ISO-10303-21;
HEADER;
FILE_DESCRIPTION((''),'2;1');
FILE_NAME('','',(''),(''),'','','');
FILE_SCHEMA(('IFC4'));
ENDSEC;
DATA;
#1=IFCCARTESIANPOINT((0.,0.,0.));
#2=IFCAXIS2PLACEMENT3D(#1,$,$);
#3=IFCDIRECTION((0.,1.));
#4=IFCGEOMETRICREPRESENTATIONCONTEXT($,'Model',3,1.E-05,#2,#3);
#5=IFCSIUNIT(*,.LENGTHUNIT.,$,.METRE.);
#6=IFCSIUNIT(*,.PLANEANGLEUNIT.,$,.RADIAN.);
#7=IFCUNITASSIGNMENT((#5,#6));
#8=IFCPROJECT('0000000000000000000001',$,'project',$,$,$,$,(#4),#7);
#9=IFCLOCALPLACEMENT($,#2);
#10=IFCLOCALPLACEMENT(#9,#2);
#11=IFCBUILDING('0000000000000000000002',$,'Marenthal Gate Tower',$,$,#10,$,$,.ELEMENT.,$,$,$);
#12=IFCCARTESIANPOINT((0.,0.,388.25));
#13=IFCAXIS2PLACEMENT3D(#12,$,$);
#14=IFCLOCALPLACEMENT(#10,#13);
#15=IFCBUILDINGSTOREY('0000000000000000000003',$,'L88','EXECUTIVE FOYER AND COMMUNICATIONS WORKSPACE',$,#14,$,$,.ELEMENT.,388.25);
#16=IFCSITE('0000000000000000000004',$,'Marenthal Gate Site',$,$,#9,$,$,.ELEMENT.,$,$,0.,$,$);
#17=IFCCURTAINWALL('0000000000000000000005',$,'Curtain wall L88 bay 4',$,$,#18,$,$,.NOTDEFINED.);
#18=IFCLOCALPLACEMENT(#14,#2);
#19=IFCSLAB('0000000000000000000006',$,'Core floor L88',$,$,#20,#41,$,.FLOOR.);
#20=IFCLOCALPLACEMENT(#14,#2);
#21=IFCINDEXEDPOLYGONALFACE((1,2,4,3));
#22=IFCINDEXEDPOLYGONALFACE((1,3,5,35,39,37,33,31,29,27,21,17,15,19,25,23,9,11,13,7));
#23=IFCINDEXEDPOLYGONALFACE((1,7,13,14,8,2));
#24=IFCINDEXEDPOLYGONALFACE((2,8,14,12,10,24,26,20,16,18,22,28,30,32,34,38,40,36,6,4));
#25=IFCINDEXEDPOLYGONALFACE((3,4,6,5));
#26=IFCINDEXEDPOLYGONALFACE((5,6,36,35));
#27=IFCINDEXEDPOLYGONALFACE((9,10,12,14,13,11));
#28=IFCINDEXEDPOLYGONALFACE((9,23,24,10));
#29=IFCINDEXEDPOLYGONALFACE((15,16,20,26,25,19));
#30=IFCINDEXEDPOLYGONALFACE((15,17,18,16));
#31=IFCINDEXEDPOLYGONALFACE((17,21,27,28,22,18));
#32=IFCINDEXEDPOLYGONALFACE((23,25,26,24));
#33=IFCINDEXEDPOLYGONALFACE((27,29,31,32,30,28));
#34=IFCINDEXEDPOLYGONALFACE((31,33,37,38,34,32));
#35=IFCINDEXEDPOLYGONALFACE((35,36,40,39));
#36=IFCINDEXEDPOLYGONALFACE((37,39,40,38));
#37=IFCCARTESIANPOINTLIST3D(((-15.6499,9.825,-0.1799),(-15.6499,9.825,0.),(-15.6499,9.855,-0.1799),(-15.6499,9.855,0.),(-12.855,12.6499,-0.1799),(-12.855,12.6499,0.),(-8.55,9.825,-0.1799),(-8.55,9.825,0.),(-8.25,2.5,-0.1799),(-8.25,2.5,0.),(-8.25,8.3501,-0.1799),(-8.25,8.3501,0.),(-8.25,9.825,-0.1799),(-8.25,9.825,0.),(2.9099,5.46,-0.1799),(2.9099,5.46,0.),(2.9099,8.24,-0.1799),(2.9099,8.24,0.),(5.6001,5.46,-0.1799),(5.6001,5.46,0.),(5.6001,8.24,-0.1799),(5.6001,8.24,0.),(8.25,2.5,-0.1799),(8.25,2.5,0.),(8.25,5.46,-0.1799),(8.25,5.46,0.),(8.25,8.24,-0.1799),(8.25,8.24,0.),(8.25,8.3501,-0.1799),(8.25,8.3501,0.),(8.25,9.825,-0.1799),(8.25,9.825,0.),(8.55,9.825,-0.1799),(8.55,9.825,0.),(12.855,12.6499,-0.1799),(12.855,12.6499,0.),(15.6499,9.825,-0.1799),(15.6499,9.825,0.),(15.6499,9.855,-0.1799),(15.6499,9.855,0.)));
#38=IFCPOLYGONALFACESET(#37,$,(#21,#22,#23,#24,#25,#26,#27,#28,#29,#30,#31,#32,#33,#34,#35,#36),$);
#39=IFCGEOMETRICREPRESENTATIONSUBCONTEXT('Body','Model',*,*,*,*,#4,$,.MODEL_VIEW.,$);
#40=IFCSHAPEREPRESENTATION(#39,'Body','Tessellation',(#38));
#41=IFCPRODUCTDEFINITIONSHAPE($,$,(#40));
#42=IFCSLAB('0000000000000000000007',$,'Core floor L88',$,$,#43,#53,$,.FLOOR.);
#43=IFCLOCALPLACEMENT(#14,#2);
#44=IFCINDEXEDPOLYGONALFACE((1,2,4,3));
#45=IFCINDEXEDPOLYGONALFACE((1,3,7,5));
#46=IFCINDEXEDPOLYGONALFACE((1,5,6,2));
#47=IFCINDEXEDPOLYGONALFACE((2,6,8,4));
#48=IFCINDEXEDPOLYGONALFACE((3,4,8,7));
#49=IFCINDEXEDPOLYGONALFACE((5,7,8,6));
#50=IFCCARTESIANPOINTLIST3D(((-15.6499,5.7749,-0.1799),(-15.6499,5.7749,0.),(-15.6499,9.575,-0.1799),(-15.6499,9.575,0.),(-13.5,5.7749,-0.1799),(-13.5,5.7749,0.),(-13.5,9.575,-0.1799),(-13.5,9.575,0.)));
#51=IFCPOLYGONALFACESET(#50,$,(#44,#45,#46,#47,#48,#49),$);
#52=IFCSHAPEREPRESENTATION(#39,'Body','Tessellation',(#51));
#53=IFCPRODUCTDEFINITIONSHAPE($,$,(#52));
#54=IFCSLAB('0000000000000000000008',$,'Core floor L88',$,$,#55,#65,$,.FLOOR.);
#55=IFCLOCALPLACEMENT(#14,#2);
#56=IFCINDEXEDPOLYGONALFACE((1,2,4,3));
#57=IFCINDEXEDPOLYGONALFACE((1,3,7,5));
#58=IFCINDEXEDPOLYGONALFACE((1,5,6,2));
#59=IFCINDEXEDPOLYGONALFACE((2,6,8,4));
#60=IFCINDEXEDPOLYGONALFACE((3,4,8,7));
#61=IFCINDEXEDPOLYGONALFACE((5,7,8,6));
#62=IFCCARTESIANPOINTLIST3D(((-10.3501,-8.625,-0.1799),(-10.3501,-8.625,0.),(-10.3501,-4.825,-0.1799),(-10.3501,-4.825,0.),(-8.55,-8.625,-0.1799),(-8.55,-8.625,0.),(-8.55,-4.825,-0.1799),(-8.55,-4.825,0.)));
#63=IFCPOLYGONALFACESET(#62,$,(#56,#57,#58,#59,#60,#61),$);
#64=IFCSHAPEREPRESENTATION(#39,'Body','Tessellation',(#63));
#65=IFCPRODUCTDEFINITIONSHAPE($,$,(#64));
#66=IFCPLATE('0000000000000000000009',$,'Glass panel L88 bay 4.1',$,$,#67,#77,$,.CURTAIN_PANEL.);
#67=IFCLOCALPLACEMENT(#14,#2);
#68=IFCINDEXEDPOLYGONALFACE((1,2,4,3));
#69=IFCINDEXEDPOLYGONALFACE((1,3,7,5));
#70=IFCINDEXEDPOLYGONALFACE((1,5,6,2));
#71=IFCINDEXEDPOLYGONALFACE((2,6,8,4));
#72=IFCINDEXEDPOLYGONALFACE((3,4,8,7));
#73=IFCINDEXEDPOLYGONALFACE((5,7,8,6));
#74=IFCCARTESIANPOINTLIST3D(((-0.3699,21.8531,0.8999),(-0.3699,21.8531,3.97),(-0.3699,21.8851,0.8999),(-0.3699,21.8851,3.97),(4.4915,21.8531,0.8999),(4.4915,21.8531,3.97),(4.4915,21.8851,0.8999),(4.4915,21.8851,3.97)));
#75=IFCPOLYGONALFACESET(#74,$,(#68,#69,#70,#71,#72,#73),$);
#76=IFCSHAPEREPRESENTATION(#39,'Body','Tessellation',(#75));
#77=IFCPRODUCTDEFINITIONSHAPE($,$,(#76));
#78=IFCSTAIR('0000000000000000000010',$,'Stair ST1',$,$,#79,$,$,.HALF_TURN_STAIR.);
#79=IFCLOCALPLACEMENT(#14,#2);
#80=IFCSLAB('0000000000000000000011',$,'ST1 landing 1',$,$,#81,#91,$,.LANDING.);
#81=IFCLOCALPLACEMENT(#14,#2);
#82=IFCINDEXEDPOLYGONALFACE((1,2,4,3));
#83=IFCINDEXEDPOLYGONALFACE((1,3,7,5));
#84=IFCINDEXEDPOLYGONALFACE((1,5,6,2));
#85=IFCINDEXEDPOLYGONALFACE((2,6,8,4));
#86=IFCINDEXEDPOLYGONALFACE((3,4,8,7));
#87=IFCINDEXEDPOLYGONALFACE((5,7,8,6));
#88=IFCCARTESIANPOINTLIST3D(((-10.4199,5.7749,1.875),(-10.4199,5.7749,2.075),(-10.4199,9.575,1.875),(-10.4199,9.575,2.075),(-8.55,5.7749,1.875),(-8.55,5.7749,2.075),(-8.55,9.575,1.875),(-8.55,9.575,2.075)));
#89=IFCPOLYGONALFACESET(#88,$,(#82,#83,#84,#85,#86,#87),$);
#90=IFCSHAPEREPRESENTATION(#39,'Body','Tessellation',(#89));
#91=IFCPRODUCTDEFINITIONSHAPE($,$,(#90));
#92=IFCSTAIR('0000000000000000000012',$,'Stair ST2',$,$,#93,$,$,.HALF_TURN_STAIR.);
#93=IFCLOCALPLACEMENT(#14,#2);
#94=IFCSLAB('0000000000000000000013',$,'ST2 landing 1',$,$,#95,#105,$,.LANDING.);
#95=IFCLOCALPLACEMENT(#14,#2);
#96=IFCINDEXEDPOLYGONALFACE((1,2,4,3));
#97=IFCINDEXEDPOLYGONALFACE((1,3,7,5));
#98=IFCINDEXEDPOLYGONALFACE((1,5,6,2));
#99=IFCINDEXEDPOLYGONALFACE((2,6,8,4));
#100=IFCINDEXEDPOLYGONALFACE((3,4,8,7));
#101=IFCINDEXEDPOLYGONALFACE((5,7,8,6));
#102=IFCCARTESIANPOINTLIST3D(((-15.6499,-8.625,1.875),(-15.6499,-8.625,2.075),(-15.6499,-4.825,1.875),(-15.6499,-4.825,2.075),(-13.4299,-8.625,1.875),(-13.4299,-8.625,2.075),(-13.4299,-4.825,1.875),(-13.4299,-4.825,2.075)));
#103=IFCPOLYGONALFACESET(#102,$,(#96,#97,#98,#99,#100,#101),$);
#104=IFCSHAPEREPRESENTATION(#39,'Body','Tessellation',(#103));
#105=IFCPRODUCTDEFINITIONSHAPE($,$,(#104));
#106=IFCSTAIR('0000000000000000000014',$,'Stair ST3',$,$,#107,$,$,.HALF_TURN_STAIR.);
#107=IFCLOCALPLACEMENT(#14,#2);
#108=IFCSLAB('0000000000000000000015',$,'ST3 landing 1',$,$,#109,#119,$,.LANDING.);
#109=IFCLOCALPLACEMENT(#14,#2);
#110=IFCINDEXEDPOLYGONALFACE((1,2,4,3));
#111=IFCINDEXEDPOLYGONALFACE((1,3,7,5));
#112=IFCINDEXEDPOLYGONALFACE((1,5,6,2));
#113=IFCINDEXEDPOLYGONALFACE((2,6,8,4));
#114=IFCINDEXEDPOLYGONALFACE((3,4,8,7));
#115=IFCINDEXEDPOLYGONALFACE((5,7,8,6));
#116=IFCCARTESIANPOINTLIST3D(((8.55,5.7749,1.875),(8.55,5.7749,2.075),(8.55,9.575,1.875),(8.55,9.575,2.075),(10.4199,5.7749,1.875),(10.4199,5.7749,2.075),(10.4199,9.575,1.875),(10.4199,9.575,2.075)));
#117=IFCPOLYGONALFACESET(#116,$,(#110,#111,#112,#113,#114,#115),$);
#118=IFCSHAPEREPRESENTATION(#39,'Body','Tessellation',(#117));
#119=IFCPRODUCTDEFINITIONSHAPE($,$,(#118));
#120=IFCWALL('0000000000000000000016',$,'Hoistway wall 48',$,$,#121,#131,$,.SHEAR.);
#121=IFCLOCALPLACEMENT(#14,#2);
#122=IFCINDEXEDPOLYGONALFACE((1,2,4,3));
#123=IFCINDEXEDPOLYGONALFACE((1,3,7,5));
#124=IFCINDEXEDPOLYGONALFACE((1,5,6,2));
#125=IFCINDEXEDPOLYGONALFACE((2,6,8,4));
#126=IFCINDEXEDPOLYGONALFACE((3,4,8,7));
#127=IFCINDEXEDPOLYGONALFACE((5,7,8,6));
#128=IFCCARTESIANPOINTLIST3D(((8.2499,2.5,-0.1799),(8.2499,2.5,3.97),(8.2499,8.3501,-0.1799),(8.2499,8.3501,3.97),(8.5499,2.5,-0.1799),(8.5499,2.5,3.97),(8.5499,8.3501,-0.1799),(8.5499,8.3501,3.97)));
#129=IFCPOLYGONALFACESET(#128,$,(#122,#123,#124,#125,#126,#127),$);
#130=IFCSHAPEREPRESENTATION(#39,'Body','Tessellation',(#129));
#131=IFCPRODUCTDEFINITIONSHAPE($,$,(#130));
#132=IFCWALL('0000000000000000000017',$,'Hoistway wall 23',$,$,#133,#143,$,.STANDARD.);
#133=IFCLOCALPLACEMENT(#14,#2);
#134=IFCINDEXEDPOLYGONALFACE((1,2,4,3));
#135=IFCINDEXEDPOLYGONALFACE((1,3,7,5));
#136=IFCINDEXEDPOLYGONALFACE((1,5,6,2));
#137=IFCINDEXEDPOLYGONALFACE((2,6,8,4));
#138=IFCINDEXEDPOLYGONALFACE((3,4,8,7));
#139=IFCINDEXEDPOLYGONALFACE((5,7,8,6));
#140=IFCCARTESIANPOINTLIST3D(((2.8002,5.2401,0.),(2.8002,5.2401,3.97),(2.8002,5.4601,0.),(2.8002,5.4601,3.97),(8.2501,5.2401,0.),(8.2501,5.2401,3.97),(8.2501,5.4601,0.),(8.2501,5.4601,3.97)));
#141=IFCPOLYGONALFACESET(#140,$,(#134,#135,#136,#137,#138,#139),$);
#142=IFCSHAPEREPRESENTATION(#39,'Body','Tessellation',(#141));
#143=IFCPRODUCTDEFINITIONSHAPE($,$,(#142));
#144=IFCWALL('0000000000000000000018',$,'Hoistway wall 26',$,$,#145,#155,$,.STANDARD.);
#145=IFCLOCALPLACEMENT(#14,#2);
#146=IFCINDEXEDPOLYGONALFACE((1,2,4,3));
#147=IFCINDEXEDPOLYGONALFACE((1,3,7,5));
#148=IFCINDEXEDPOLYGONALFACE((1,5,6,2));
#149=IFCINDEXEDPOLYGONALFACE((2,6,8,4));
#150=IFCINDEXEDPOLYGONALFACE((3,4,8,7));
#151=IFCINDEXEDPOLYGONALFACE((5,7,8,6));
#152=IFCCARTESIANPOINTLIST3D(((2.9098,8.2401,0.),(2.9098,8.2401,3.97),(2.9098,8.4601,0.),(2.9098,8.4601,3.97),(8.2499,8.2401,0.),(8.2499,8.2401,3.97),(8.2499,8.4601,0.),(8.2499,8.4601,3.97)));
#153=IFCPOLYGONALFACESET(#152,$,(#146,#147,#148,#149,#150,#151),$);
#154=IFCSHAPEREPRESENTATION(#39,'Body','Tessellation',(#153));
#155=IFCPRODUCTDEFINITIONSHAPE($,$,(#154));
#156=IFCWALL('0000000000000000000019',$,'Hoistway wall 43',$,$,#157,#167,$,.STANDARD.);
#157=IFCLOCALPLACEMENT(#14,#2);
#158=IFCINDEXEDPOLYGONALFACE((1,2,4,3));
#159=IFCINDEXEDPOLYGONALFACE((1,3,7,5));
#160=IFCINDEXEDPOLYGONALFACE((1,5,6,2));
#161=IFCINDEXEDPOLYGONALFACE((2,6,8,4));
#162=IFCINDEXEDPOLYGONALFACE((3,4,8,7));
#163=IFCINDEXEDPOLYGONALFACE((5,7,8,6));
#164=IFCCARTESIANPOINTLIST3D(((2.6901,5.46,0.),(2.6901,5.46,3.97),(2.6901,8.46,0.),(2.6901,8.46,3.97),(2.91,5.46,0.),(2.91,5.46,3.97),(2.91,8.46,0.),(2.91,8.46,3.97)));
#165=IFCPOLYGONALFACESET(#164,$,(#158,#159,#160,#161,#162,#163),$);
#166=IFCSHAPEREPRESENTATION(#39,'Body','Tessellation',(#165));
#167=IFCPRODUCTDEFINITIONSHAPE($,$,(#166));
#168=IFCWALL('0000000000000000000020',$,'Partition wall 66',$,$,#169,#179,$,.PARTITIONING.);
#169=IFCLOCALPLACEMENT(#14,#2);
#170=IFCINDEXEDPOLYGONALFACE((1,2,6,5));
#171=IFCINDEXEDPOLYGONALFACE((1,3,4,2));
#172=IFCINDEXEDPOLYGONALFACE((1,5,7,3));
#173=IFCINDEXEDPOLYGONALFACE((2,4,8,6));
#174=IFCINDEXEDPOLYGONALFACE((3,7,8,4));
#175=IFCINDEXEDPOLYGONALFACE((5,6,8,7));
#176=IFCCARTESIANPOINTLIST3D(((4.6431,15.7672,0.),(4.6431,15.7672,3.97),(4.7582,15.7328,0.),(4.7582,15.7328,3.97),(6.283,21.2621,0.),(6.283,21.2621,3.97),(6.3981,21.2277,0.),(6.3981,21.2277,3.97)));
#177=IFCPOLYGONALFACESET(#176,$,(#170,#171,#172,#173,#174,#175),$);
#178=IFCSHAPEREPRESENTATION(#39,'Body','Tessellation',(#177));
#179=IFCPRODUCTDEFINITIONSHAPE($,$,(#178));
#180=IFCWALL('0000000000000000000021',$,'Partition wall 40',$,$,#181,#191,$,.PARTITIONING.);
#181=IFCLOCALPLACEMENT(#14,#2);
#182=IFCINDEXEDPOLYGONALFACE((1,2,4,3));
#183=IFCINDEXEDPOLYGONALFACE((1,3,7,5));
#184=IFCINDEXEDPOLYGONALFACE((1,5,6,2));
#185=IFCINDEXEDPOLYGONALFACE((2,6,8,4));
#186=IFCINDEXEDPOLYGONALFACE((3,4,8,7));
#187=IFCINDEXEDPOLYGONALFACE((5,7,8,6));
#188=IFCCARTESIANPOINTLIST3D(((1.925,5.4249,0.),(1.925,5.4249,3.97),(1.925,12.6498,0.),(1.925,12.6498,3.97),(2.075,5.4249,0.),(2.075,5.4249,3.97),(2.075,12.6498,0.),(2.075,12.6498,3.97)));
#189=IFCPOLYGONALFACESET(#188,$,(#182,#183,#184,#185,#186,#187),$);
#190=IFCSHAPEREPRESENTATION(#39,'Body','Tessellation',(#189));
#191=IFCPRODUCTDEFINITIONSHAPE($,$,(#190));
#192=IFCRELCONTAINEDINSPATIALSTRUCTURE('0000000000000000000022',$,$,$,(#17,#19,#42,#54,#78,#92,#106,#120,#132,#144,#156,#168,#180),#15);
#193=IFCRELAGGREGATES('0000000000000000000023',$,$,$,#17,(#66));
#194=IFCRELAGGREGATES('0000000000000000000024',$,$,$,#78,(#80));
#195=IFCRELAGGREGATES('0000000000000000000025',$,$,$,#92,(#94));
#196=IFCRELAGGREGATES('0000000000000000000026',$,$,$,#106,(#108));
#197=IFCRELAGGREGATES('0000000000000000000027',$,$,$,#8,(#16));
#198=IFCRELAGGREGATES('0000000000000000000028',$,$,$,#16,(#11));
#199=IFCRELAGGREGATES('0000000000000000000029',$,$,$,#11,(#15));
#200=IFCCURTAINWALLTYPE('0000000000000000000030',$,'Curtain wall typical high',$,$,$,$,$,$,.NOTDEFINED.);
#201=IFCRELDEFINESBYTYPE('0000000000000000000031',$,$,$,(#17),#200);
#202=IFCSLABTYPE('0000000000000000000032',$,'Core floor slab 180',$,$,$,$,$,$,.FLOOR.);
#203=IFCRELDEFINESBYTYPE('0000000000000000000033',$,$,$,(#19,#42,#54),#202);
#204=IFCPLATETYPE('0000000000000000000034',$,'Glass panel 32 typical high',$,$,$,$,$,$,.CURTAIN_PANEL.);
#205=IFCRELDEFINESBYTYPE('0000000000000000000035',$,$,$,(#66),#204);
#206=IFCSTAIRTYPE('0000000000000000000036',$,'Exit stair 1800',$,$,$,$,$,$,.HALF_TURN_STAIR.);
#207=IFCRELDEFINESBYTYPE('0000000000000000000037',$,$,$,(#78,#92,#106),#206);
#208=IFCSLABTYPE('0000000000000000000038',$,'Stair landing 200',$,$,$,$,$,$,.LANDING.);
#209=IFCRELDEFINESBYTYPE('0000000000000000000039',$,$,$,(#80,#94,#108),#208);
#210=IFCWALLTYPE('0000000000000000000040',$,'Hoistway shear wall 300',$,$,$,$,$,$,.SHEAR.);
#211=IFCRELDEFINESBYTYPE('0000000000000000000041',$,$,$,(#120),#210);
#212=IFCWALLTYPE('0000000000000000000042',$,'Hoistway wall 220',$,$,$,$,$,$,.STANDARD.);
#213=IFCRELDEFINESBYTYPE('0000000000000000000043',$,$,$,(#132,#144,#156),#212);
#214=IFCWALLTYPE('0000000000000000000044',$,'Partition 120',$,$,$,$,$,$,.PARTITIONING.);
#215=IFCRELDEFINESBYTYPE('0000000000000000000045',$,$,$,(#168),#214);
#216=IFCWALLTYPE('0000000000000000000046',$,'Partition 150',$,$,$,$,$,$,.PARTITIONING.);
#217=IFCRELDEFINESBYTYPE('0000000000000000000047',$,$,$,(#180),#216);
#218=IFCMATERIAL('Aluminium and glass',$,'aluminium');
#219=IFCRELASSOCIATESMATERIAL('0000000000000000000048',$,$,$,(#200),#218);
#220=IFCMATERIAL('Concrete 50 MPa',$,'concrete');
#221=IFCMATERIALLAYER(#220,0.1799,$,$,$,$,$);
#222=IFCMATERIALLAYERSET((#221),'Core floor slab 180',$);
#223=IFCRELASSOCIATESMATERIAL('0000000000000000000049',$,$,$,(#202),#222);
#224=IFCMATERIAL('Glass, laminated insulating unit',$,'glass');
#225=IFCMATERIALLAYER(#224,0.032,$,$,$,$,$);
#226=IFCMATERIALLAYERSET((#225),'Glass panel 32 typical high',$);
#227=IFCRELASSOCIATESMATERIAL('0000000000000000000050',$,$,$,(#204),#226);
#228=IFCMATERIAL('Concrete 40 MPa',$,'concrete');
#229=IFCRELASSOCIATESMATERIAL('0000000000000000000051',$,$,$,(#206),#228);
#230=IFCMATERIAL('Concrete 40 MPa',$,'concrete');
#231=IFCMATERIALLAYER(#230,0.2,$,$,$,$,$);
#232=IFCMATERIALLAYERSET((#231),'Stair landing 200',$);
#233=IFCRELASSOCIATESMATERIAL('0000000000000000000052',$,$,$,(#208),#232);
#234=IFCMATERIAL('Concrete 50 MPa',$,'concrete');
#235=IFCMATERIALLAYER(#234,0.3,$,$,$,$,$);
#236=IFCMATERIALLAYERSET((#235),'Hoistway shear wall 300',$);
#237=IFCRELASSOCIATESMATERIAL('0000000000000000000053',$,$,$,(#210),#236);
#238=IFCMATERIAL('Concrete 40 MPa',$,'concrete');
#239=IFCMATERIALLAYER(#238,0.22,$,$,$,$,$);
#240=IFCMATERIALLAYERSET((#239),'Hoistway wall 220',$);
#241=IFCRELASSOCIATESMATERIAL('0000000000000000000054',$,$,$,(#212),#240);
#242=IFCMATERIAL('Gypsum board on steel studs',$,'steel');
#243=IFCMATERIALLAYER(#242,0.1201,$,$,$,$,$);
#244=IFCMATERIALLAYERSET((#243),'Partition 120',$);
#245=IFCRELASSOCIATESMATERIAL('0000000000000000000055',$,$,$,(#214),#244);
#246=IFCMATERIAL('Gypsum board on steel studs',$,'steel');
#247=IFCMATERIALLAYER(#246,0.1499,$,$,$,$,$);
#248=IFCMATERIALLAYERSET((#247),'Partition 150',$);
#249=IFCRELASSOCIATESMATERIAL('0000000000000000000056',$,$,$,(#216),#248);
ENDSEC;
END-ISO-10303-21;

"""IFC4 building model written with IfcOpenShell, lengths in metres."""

from ifc_helpers import new_model, si_unit, direction, frame, frame_2d, origin, origin_2d, place, context, subcontext, project, spatial, polyline, rectangle, outline, extrude, material, layer, layer_set, type_object, element, aggregate, save


model = new_model("IFC4")

# Units and contexts
model_context = context("Model", 3, precision=1e-05, world=origin(), true_north=direction((0.0, 1.0)))
body_context = subcontext(model_context, "Body", "Model", "MODEL_VIEW")
ifc_project = project(units=[si_unit("LENGTHUNIT", "METRE"), si_unit("PLANEANGLEUNIT", "RADIAN")], contexts=[model_context])

# Site, building, storey
site_placement = place(None, origin())
site = spatial("IfcSite", under=ifc_project, at=site_placement, Name="Marenthal Gate Site", CompositionType="ELEMENT", RefElevation=0.0)
building_placement = place(site_placement, origin())
building = spatial("IfcBuilding", under=site, at=building_placement, Name="Marenthal Gate Tower", CompositionType="ELEMENT")
storey_placement = place(building_placement, frame((0.0, 0.0, 388.25)))
storey = spatial("IfcBuildingStorey", under=building, at=storey_placement, Name="L88", Description="EXECUTIVE FOYER AND COMMUNICATIONS WORKSPACE", CompositionType="ELEMENT", Elevation=388.25)

# Curtain wall
ifc_material_1 = material(Name="Aluminium and glass", Category="aluminium")
curtain_wall_type = type_object("IfcCurtainWallType", Name="Curtain wall typical high", PredefinedType="NOTDEFINED", material=ifc_material_1)
curtain_wall_placement = place(storey_placement, origin())
curtain_wall = element("IfcCurtainWall", 1, at=curtain_wall_placement, inside=storey, type_object=curtain_wall_type, Name="Curtain wall L88 bay 4", PredefinedType="NOTDEFINED")

# Slabs
ifc_material_2 = material(Name="Concrete 50 MPa", Category="concrete")
ifc_layer_1 = layer(ifc_material_2, 0.1799)
ifc_layer_set_1 = layer_set([ifc_layer_1], Name="Core floor slab 180")
slab_type_1 = type_object("IfcSlabType", Name="Core floor slab 180", PredefinedType="FLOOR", material=ifc_layer_set_1)
slab_1_placement = place(storey_placement, frame((0.0, 0.0, -0.1799)))
element("IfcSlab", 2, at=slab_1_placement, inside=storey, type_object=slab_type_1, Name="Core floor L88", PredefinedType="FLOOR", context=body_context, shape_type="SweptSolid", body=[
    extrude(outline(polyline([(15.6499, 9.825), (8.55, 9.825), (8.25, 9.825), (8.25, 8.3501), (8.25, 8.24), (5.6001, 8.24), (2.9099, 8.24), (2.9099, 5.46), (5.6001, 5.46), (8.25, 5.46), (8.25, 2.5), (-8.25, 2.5), (-8.25, 8.3501), (-8.25, 9.825), (-8.55, 9.825), (-15.6499, 9.825), (-15.6499, 9.855), (-12.855, 12.6499), (12.855, 12.6499), (15.6499, 9.855), (15.6499, 9.825)])), origin(), (0.0, 0.0, 1.0), 0.1799),
])
slab_2_placement = place(storey_placement, frame((0.0, 0.0, -0.1799)))
element("IfcSlab", 3, at=slab_2_placement, inside=storey, type_object=slab_type_1, Name="Core floor L88", PredefinedType="FLOOR", context=body_context, shape_type="SweptSolid", body=[
    extrude(outline(polyline([(-15.6499, 9.575), (-13.5, 9.575), (-13.5, 5.7749), (-15.6499, 5.7749), (-15.6499, 9.575)])), origin(), (0.0, 0.0, 1.0), 0.1799),
])
slab_3_placement = place(storey_placement, frame((0.0, 0.0, -0.1799)))
element("IfcSlab", 4, at=slab_3_placement, inside=storey, type_object=slab_type_1, Name="Core floor L88", PredefinedType="FLOOR", context=body_context, shape_type="SweptSolid", body=[
    extrude(outline(polyline([(-8.55, -4.825), (-8.55, -8.625), (-10.3501, -8.625), (-10.3501, -4.825), (-8.55, -4.825)])), origin(), (0.0, 0.0, 1.0), 0.1799),
])

# Plate
ifc_material_3 = material(Name="Glass, laminated insulating unit", Category="glass")
ifc_layer_2 = layer(ifc_material_3, 0.032)
ifc_layer_set_2 = layer_set([ifc_layer_2], Name="Glass panel 32 typical high")
plate_type = type_object("IfcPlateType", Name="Glass panel 32 typical high", PredefinedType="CURTAIN_PANEL", material=ifc_layer_set_2)
plate_placement = place(storey_placement, frame((2.0608, 21.8691, 0.8999), z_axis=(0.0, 0.0, 1.0), x_axis=(-1.0, 0.0, 0.0)))
plate = element("IfcPlate", 5, at=plate_placement, type_object=plate_type, Name="Glass panel L88 bay 4.1", PredefinedType="CURTAIN_PANEL", context=body_context, shape_type="SweptSolid", body=[
    extrude(rectangle(XDim=4.8613, YDim=0.032, at=origin_2d()), origin(), (0.0, 0.0, 1.0), 3.0701),
])
aggregate(curtain_wall, [plate])

# Stairs, slabs
ifc_material_4 = material(Name="Concrete 40 MPa", Category="concrete")
stair_type = type_object("IfcStairType", Name="Exit stair 1800", PredefinedType="HALF_TURN_STAIR", material=ifc_material_4)
stair_1_placement = place(storey_placement, origin())
stair_1 = element("IfcStair", 6, at=stair_1_placement, inside=storey, type_object=stair_type, Name="Stair ST1", PredefinedType="HALF_TURN_STAIR")
ifc_material_5 = material(Name="Concrete 40 MPa", Category="concrete")
ifc_layer_3 = layer(ifc_material_5, 0.2)
ifc_layer_set_3 = layer_set([ifc_layer_3], Name="Stair landing 200")
slab_type_2 = type_object("IfcSlabType", Name="Stair landing 200", PredefinedType="LANDING", material=ifc_layer_set_3)
slab_4_placement = place(storey_placement, frame((0.0, 0.0, 1.875)))
slab_4 = element("IfcSlab", 7, at=slab_4_placement, type_object=slab_type_2, Name="ST1 landing 1", PredefinedType="LANDING", context=body_context, shape_type="SweptSolid", body=[
    extrude(outline(polyline([(-10.4199, 5.7749), (-8.55, 5.7749), (-8.55, 9.575), (-10.4199, 9.575), (-10.4199, 5.7749)])), origin(), (0.0, 0.0, 1.0), 0.2),
])
aggregate(stair_1, [slab_4])
stair_2_placement = place(storey_placement, origin())
stair_2 = element("IfcStair", 8, at=stair_2_placement, inside=storey, type_object=stair_type, Name="Stair ST2", PredefinedType="HALF_TURN_STAIR")
slab_5_placement = place(storey_placement, frame((0.0, 0.0, 1.875)))
slab_5 = element("IfcSlab", 9, at=slab_5_placement, type_object=slab_type_2, Name="ST2 landing 1", PredefinedType="LANDING", context=body_context, shape_type="SweptSolid", body=[
    extrude(outline(polyline([(-15.6499, -8.625), (-13.4299, -8.625), (-13.4299, -4.825), (-15.6499, -4.825), (-15.6499, -8.625)])), origin(), (0.0, 0.0, 1.0), 0.2),
])
aggregate(stair_2, [slab_5])
stair_3_placement = place(storey_placement, origin())
stair_3 = element("IfcStair", 10, at=stair_3_placement, inside=storey, type_object=stair_type, Name="Stair ST3", PredefinedType="HALF_TURN_STAIR")
slab_6_placement = place(storey_placement, frame((0.0, 0.0, 1.875)))
slab_6 = element("IfcSlab", 11, at=slab_6_placement, type_object=slab_type_2, Name="ST3 landing 1", PredefinedType="LANDING", context=body_context, shape_type="SweptSolid", body=[
    extrude(outline(polyline([(8.55, 5.7749), (10.4199, 5.7749), (10.4199, 9.575), (8.55, 9.575), (8.55, 5.7749)])), origin(), (0.0, 0.0, 1.0), 0.2),
])

# Walls
ifc_material_6 = material(Name="Concrete 50 MPa", Category="concrete")
ifc_layer_4 = layer(ifc_material_6, 0.3)
ifc_layer_set_4 = layer_set([ifc_layer_4], Name="Hoistway shear wall 300")
wall_type_1 = type_object("IfcWallType", Name="Hoistway shear wall 300", PredefinedType="SHEAR", material=ifc_layer_set_4)
wall_1_placement = place(storey_placement, frame((8.3999, 2.5, -0.1799), z_axis=(0.0, 0.0, 1.0), x_axis=(0.0, 1.0, 0.0)))
element("IfcWall", 12, at=wall_1_placement, inside=storey, type_object=wall_type_1, Name="Hoistway wall 48", PredefinedType="SHEAR", context=body_context, shape_type="SweptSolid", body=[
    extrude(rectangle(XDim=5.8501, YDim=0.3, at=frame_2d((2.925, 0.0))), origin(), (0.0, 0.0, 1.0), 4.1499),
])
ifc_material_7 = material(Name="Concrete 40 MPa", Category="concrete")
ifc_layer_5 = layer(ifc_material_7, 0.22)
ifc_layer_set_5 = layer_set([ifc_layer_5], Name="Hoistway wall 220")
wall_type_2 = type_object("IfcWallType", Name="Hoistway wall 220", PredefinedType="STANDARD", material=ifc_layer_set_5)
wall_2_placement = place(storey_placement, frame((2.8, 5.3501, 0.0), z_axis=(0.0, 0.0, 1.0), x_axis=(1.0, 0.0, 0.0)))
element("IfcWall", 13, at=wall_2_placement, inside=storey, type_object=wall_type_2, Name="Hoistway wall 23", PredefinedType="STANDARD", context=body_context, shape_type="SweptSolid", body=[
    extrude(rectangle(XDim=5.45, YDim=0.22, at=frame_2d((2.7251, 0.0))), origin(), (0.0, 0.0, 1.0), 3.97),
])
wall_3_placement = place(storey_placement, frame((2.9099, 8.3501, 0.0), z_axis=(0.0, 0.0, 1.0), x_axis=(1.0, 0.0, 0.0)))
element("IfcWall", 14, at=wall_3_placement, inside=storey, type_object=wall_type_2, Name="Hoistway wall 26", PredefinedType="STANDARD", context=body_context, shape_type="SweptSolid", body=[
    extrude(rectangle(XDim=5.3401, YDim=0.22, at=frame_2d((2.6699, 0.0))), origin(), (0.0, 0.0, 1.0), 3.97),
])
wall_4_placement = place(storey_placement, frame((2.8, 5.46, 0.0), z_axis=(0.0, 0.0, 1.0), x_axis=(0.0, 1.0, 0.0)))
element("IfcWall", 15, at=wall_4_placement, inside=storey, type_object=wall_type_2, Name="Hoistway wall 43", PredefinedType="STANDARD", context=body_context, shape_type="SweptSolid", body=[
    extrude(rectangle(XDim=3.0, YDim=0.22, at=frame_2d((1.5, 0.0))), origin(), (0.0, 0.0, 1.0), 3.97),
])
ifc_material_8 = material(Name="Gypsum board on steel studs", Category="steel")
ifc_layer_6 = layer(ifc_material_8, 0.1201)
ifc_layer_set_6 = layer_set([ifc_layer_6], Name="Partition 120")
wall_type_3 = type_object("IfcWallType", Name="Partition 120", PredefinedType="PARTITIONING", material=ifc_layer_set_6)
wall_5_placement = place(storey_placement, frame((4.7007, 15.75, 0.0), z_axis=(0.0, 0.0, 1.0), x_axis=(0.285977, 0.958237, 0.0)))
element("IfcWall", 16, at=wall_5_placement, inside=storey, type_object=wall_type_3, Name="Partition wall 66", PredefinedType="PARTITIONING", context=body_context, shape_type="SweptSolid", body=[
    extrude(rectangle(XDim=5.7344, YDim=0.1201, at=frame_2d((2.8672, 0.0))), origin(), (0.0, 0.0, 1.0), 3.97),
])
ifc_material_9 = material(Name="Gypsum board on steel studs", Category="steel")
ifc_layer_7 = layer(ifc_material_9, 0.1499)
ifc_layer_set_7 = layer_set([ifc_layer_7], Name="Partition 150")
wall_type_4 = type_object("IfcWallType", Name="Partition 150", PredefinedType="PARTITIONING", material=ifc_layer_set_7)
wall_6_placement = place(storey_placement, frame((2.0, 5.425, 0.0), z_axis=(0.0, 0.0, 1.0), x_axis=(0.0, 1.0, 0.0)))
element("IfcWall", 17, at=wall_6_placement, inside=storey, type_object=wall_type_4, Name="Partition wall 40", PredefinedType="PARTITIONING", context=body_context, shape_type="SweptSolid", body=[
    extrude(rectangle(XDim=7.2249, YDim=0.1499, at=frame_2d((3.6123, 0.0))), origin(), (0.0, 0.0, 1.0), 3.97),
])

aggregate(stair_3, [slab_6])

save(model, "model.ifc")
